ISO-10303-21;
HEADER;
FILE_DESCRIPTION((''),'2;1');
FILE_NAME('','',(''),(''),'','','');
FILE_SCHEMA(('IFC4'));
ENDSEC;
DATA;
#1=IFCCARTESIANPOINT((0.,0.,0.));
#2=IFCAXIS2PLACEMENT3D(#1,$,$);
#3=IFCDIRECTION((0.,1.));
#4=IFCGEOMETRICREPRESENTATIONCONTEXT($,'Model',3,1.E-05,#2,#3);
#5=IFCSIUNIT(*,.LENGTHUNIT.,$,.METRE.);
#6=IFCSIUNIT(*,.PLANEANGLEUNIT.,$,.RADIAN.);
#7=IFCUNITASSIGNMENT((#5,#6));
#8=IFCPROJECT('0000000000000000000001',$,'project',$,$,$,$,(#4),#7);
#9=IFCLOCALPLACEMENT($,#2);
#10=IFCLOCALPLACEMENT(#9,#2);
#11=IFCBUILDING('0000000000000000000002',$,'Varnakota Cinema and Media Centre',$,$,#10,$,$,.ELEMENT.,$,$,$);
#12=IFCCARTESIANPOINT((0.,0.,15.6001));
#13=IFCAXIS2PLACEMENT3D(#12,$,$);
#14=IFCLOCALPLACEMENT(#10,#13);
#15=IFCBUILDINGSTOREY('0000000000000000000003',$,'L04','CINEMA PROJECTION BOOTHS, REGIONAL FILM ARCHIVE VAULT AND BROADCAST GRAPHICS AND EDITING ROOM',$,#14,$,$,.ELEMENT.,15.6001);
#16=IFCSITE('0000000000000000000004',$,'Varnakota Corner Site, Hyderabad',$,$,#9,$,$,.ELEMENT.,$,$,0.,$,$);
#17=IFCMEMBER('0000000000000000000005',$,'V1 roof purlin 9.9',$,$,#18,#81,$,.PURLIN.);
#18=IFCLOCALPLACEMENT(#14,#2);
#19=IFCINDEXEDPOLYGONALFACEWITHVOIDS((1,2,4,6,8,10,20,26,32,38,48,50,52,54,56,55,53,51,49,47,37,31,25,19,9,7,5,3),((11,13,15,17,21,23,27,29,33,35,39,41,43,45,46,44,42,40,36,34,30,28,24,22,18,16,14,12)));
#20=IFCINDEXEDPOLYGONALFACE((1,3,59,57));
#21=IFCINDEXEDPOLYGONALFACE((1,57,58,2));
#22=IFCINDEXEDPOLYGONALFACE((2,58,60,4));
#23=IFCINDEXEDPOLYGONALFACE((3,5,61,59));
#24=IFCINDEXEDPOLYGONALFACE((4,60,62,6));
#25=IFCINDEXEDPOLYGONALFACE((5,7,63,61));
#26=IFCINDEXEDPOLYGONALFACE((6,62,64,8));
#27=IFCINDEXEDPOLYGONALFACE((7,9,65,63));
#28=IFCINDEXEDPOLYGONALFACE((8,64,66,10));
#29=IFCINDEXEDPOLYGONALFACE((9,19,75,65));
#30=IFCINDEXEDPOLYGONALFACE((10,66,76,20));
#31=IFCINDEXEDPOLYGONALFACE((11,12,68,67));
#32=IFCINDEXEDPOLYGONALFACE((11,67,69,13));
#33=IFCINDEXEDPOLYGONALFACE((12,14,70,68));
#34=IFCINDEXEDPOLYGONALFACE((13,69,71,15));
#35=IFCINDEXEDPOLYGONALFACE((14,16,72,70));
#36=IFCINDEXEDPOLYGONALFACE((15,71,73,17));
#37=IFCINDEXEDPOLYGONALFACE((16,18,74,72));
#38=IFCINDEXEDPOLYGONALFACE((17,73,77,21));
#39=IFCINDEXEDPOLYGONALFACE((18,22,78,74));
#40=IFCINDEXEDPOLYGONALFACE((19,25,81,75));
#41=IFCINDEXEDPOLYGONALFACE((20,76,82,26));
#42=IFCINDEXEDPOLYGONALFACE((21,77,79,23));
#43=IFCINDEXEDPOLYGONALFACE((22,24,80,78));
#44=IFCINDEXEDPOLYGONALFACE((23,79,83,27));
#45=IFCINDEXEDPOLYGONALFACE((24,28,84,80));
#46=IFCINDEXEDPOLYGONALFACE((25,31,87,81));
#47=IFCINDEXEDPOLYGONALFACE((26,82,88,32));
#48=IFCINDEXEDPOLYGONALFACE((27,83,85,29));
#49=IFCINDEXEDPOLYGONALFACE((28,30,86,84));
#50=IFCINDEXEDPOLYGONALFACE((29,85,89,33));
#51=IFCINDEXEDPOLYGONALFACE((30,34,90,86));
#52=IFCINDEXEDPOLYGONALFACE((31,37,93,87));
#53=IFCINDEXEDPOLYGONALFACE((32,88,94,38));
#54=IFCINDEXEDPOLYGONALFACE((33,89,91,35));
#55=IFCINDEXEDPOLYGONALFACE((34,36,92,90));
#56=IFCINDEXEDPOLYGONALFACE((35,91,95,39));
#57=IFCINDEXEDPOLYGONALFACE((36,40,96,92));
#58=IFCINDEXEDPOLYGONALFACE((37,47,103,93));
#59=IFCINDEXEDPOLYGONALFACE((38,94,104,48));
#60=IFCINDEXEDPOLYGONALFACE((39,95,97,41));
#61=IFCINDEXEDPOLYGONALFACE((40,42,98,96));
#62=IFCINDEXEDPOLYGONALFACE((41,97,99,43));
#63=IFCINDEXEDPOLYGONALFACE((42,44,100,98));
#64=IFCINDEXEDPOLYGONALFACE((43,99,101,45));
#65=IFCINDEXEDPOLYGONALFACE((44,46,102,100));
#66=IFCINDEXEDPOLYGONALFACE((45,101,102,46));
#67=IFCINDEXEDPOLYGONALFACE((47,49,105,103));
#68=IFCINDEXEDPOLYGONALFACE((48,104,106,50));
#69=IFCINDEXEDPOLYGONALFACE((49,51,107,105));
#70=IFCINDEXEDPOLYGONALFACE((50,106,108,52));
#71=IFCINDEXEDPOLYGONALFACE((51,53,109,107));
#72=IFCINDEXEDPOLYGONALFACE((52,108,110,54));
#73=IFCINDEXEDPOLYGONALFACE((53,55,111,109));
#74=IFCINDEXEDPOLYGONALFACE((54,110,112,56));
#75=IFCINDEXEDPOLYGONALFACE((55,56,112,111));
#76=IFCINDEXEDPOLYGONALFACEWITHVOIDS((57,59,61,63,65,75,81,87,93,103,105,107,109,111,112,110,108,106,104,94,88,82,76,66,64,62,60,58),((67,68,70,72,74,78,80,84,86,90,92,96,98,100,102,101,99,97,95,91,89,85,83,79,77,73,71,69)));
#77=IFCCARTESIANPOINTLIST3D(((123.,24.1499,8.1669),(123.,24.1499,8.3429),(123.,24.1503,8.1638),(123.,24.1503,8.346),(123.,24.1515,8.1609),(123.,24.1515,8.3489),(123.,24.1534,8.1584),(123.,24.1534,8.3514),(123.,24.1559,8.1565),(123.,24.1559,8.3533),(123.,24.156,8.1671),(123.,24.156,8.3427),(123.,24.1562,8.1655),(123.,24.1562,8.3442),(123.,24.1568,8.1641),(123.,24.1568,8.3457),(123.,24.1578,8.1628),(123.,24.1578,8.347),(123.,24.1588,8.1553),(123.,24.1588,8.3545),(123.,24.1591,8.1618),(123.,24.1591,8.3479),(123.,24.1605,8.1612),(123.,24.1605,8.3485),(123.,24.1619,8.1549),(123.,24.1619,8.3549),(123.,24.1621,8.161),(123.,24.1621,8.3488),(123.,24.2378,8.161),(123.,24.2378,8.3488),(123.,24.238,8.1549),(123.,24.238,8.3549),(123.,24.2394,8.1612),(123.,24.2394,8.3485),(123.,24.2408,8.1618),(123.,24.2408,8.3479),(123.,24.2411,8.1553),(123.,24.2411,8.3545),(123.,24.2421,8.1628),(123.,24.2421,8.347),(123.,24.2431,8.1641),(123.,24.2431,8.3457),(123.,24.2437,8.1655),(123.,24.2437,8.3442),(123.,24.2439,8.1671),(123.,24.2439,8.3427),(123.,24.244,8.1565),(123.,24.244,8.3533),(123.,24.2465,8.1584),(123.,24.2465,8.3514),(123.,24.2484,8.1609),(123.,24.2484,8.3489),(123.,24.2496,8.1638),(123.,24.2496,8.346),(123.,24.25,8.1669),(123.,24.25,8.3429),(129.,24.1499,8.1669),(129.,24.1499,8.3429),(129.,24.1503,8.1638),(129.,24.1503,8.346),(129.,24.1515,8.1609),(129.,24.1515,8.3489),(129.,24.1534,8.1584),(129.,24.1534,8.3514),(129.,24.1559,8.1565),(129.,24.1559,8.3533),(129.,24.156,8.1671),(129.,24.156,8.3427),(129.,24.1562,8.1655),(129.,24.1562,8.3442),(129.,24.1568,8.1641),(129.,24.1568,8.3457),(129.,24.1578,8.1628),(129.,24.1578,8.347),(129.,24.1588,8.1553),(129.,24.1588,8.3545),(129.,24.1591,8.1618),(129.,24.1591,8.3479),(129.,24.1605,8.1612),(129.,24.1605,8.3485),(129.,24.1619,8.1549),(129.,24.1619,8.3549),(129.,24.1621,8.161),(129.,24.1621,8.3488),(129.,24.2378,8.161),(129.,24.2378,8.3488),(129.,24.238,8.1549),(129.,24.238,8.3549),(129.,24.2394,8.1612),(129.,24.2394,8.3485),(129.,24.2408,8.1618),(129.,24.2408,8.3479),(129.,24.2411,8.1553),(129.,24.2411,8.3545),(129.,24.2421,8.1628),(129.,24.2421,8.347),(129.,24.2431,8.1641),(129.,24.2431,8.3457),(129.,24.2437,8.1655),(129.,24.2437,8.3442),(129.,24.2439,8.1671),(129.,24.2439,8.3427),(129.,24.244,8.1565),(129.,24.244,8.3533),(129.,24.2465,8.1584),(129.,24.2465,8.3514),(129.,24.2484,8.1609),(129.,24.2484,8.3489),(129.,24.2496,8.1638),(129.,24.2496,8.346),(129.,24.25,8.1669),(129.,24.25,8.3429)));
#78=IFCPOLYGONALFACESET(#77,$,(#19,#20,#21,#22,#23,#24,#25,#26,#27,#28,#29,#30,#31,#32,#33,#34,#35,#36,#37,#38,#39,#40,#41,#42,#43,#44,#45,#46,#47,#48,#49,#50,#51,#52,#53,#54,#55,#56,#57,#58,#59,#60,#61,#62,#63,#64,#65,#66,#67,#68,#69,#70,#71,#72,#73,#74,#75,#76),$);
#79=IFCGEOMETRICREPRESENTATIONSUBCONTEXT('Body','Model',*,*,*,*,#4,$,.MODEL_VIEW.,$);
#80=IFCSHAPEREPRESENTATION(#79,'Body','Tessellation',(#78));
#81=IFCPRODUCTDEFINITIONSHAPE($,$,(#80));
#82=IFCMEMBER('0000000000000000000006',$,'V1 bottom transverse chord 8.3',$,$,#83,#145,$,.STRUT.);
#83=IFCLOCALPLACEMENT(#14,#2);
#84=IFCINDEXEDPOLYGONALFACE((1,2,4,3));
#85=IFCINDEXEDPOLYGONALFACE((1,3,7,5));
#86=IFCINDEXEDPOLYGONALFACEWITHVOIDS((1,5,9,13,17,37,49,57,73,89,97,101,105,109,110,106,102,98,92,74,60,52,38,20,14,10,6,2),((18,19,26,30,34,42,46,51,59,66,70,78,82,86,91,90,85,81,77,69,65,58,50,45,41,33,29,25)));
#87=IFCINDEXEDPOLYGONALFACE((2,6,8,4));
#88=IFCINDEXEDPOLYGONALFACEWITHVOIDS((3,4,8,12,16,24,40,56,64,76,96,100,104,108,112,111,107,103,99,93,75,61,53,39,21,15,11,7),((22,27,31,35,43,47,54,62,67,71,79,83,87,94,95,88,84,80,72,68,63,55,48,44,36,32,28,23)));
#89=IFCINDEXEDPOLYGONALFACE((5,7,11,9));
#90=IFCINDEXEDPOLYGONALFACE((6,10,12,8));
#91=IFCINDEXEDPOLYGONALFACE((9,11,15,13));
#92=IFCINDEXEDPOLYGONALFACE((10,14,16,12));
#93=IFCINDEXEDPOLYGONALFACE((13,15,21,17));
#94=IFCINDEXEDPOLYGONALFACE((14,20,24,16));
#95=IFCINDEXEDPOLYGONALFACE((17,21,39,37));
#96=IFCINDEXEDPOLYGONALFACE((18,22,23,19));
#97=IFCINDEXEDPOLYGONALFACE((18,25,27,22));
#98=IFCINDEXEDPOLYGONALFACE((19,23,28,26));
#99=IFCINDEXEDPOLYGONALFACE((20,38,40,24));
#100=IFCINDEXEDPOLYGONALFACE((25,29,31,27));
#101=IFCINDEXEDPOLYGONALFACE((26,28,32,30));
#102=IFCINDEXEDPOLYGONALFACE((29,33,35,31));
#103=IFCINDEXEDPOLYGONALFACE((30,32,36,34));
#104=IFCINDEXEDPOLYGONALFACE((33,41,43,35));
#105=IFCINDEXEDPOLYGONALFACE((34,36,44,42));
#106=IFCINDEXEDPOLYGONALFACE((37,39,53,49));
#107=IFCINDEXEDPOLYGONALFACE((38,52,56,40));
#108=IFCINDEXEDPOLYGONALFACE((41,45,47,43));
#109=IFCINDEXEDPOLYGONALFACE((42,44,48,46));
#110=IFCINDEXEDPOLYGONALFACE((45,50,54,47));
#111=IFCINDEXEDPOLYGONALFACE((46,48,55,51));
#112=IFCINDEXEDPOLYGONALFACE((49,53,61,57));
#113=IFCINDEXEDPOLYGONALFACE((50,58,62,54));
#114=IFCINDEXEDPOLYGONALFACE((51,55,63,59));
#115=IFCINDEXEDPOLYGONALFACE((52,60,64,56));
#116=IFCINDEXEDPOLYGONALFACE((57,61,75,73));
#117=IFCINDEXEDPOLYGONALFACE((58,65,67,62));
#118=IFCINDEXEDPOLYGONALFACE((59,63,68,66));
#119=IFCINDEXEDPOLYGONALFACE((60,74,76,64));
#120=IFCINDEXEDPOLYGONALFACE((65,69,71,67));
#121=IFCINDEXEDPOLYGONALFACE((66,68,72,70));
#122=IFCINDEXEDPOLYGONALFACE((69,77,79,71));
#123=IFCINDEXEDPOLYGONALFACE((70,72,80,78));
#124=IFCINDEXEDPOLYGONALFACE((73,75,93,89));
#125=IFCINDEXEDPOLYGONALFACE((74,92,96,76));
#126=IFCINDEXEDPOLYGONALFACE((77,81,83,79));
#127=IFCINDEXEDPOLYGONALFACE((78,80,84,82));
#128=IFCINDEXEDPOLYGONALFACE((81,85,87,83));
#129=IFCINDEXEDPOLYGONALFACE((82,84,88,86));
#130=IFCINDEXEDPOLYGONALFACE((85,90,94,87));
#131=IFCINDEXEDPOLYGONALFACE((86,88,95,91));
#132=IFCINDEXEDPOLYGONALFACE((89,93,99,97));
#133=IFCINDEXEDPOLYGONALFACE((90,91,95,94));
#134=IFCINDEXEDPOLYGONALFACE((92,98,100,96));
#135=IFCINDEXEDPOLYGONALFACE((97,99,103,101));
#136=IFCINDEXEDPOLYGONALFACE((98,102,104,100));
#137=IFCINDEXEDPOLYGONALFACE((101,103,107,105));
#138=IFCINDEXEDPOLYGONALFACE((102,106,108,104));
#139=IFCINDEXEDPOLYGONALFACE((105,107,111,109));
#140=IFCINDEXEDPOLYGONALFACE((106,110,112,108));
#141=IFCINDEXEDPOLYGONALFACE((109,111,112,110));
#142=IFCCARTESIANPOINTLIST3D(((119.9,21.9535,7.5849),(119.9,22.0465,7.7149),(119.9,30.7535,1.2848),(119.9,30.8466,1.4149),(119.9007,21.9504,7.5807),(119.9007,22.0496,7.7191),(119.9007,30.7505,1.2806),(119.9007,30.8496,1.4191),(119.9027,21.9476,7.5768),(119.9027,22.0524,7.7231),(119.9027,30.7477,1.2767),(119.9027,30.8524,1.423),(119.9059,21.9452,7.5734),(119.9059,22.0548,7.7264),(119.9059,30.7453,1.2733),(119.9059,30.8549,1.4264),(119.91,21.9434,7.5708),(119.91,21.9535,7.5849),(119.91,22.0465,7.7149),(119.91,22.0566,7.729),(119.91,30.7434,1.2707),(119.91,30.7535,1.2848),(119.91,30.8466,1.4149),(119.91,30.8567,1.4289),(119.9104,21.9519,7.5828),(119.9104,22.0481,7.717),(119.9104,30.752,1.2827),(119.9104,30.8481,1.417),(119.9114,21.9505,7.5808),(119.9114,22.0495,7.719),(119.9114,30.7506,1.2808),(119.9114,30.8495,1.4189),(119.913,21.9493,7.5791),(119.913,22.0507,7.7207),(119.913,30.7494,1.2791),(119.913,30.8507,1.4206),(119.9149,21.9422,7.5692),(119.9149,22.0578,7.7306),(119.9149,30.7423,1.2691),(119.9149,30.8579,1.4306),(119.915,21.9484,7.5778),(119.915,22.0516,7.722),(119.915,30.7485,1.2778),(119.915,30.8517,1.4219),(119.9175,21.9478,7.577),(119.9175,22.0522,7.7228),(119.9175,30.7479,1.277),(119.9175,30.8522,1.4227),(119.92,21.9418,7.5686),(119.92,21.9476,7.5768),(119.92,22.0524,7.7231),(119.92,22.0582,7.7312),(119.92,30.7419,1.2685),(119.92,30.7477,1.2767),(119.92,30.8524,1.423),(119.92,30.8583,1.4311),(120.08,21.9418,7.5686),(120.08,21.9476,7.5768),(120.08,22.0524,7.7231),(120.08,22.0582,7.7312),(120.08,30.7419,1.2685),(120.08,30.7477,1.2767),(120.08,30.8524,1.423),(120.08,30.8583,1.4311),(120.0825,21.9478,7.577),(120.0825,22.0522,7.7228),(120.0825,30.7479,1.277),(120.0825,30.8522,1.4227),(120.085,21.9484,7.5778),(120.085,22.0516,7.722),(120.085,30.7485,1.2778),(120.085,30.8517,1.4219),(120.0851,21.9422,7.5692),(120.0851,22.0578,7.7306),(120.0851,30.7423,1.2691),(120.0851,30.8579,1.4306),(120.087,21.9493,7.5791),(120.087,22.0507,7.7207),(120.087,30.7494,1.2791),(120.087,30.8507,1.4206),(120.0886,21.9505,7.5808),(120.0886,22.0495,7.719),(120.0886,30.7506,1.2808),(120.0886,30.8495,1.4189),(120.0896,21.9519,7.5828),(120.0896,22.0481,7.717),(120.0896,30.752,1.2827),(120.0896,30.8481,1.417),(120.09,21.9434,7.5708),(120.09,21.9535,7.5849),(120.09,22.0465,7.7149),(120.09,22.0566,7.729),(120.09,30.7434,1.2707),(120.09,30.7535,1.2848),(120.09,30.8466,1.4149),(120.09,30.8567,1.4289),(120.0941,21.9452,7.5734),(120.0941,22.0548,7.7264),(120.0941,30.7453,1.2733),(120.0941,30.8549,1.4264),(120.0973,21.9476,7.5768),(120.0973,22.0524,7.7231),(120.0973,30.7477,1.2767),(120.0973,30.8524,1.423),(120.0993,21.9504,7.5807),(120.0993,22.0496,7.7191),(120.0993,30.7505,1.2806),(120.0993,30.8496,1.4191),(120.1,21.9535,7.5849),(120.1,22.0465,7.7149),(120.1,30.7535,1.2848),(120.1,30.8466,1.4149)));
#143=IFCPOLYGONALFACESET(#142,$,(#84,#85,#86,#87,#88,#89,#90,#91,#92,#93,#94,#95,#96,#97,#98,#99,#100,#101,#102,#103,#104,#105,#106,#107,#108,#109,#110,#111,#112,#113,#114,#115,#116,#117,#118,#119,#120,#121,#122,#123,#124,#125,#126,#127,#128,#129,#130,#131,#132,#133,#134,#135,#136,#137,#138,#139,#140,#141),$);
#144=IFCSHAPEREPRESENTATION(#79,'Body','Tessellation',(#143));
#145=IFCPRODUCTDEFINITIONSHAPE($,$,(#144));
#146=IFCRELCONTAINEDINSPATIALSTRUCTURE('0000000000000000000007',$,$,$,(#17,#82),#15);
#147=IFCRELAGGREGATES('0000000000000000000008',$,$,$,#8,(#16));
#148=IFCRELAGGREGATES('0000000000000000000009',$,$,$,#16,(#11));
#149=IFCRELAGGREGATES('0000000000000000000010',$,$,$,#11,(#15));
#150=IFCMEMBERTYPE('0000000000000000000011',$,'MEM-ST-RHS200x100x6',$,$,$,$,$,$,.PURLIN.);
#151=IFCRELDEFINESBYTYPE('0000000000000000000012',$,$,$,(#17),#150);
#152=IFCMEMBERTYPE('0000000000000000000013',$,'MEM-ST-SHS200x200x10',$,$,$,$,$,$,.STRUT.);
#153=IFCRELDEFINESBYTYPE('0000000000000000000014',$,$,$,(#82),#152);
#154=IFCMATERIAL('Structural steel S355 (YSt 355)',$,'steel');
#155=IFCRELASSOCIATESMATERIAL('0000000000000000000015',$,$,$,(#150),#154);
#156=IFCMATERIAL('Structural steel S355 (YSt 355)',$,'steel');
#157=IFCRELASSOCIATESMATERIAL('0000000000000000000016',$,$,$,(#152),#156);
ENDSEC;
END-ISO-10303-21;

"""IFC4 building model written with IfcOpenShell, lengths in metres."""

from ifc_helpers import new_model, si_unit, direction, frame, origin, origin_2d, place, context, subcontext, project, spatial, hollow_rectangle, extrude, material, material_profile, profile_set, type_object, element, save


model = new_model("IFC4")

# Units and contexts
model_context = context("Model", 3, precision=1e-05, world=origin(), true_north=direction((0.0, 1.0)))
body_context = subcontext(model_context, "Body", "Model", "MODEL_VIEW")
ifc_project = project(units=[si_unit("LENGTHUNIT", "METRE"), si_unit("PLANEANGLEUNIT", "RADIAN")], contexts=[model_context])

# Site, building, storey
site_placement = place(None, origin())
site = spatial("IfcSite", under=ifc_project, at=site_placement, Name="Varnakota Corner Site, Hyderabad", CompositionType="ELEMENT", RefElevation=0.0)
building_placement = place(site_placement, origin())
building = spatial("IfcBuilding", under=site, at=building_placement, Name="Varnakota Cinema and Media Centre", CompositionType="ELEMENT")
storey_placement = place(building_placement, frame((0.0, 0.0, 15.6001)))
storey = spatial("IfcBuildingStorey", under=building, at=storey_placement, Name="L04", Description="CINEMA PROJECTION BOOTHS, REGIONAL FILM ARCHIVE VAULT AND BROADCAST GRAPHICS AND EDITING ROOM", CompositionType="ELEMENT", Elevation=15.6001)

# Members
ifc_material_1 = material(Name="Structural steel S355 (YSt 355)", Category="steel")
ifc_material_profile_1 = material_profile(ifc_material_1, hollow_rectangle(XDim=0.1001, YDim=0.2, WallThickness=0.0061, InnerFilletRadius=0.0061, OuterFilletRadius=0.012, at=origin_2d()), Name="RHS 200x100x6")
ifc_profile_set_1 = profile_set([ifc_material_profile_1], Name="Structural steel S355 (YSt 355)")
member_type_1 = type_object("IfcMemberType", Name="MEM-ST-RHS200x100x6", PredefinedType="PURLIN", material=ifc_profile_set_1)
for number, where, z_axis, x_axis, name in (
    (1, (123.0, 24.2, 8.2549), (1.0, 0.0, 0.0), (0.0, 1.0, 0.0), "V1 roof purlin 9.9"),
):
    element("IfcMember", number, at=place(storey_placement, frame(where, z_axis=z_axis, x_axis=x_axis)), inside=storey, type_object=member_type_1, Name=name, PredefinedType="PURLIN", context=body_context, shape_type="SweptSolid", body=[
        extrude(hollow_rectangle(XDim=0.1001, YDim=0.2, WallThickness=0.0061, InnerFilletRadius=0.0061, OuterFilletRadius=0.012, at=origin_2d()), origin(), (0.0, 0.0, 1.0), 6.0),
    ])
ifc_material_2 = material(Name="Structural steel S355 (YSt 355)", Category="steel")
ifc_material_profile_2 = material_profile(ifc_material_2, hollow_rectangle(XDim=0.2, YDim=0.2, WallThickness=0.01, InnerFilletRadius=0.01, OuterFilletRadius=0.02, at=origin_2d()), Name="SHS 200x200x10")
ifc_profile_set_2 = profile_set([ifc_material_profile_2], Name="Structural steel S355 (YSt 355)")
member_type_2 = type_object("IfcMemberType", Name="MEM-ST-SHS200x200x10", PredefinedType="STRUT", material=ifc_profile_set_2)
for number, where, z_axis, x_axis, name in (
    (2, (120.0, 22.0, 7.6499), (0.0, 0.813108, -0.582113), (-1.0, 0.0, 0.0), "V1 bottom transverse chord 8.3"),
):
    element("IfcMember", number, at=place(storey_placement, frame(where, z_axis=z_axis, x_axis=x_axis)), inside=storey, type_object=member_type_2, Name=name, PredefinedType="STRUT", context=body_context, shape_type="SweptSolid", body=[
        extrude(hollow_rectangle(XDim=0.2, YDim=0.2, WallThickness=0.01, InnerFilletRadius=0.01, OuterFilletRadius=0.02, at=origin_2d()), origin(), (0.0, 0.0, 1.0), 10.8228),
    ])

save(model, "model.ifc")
